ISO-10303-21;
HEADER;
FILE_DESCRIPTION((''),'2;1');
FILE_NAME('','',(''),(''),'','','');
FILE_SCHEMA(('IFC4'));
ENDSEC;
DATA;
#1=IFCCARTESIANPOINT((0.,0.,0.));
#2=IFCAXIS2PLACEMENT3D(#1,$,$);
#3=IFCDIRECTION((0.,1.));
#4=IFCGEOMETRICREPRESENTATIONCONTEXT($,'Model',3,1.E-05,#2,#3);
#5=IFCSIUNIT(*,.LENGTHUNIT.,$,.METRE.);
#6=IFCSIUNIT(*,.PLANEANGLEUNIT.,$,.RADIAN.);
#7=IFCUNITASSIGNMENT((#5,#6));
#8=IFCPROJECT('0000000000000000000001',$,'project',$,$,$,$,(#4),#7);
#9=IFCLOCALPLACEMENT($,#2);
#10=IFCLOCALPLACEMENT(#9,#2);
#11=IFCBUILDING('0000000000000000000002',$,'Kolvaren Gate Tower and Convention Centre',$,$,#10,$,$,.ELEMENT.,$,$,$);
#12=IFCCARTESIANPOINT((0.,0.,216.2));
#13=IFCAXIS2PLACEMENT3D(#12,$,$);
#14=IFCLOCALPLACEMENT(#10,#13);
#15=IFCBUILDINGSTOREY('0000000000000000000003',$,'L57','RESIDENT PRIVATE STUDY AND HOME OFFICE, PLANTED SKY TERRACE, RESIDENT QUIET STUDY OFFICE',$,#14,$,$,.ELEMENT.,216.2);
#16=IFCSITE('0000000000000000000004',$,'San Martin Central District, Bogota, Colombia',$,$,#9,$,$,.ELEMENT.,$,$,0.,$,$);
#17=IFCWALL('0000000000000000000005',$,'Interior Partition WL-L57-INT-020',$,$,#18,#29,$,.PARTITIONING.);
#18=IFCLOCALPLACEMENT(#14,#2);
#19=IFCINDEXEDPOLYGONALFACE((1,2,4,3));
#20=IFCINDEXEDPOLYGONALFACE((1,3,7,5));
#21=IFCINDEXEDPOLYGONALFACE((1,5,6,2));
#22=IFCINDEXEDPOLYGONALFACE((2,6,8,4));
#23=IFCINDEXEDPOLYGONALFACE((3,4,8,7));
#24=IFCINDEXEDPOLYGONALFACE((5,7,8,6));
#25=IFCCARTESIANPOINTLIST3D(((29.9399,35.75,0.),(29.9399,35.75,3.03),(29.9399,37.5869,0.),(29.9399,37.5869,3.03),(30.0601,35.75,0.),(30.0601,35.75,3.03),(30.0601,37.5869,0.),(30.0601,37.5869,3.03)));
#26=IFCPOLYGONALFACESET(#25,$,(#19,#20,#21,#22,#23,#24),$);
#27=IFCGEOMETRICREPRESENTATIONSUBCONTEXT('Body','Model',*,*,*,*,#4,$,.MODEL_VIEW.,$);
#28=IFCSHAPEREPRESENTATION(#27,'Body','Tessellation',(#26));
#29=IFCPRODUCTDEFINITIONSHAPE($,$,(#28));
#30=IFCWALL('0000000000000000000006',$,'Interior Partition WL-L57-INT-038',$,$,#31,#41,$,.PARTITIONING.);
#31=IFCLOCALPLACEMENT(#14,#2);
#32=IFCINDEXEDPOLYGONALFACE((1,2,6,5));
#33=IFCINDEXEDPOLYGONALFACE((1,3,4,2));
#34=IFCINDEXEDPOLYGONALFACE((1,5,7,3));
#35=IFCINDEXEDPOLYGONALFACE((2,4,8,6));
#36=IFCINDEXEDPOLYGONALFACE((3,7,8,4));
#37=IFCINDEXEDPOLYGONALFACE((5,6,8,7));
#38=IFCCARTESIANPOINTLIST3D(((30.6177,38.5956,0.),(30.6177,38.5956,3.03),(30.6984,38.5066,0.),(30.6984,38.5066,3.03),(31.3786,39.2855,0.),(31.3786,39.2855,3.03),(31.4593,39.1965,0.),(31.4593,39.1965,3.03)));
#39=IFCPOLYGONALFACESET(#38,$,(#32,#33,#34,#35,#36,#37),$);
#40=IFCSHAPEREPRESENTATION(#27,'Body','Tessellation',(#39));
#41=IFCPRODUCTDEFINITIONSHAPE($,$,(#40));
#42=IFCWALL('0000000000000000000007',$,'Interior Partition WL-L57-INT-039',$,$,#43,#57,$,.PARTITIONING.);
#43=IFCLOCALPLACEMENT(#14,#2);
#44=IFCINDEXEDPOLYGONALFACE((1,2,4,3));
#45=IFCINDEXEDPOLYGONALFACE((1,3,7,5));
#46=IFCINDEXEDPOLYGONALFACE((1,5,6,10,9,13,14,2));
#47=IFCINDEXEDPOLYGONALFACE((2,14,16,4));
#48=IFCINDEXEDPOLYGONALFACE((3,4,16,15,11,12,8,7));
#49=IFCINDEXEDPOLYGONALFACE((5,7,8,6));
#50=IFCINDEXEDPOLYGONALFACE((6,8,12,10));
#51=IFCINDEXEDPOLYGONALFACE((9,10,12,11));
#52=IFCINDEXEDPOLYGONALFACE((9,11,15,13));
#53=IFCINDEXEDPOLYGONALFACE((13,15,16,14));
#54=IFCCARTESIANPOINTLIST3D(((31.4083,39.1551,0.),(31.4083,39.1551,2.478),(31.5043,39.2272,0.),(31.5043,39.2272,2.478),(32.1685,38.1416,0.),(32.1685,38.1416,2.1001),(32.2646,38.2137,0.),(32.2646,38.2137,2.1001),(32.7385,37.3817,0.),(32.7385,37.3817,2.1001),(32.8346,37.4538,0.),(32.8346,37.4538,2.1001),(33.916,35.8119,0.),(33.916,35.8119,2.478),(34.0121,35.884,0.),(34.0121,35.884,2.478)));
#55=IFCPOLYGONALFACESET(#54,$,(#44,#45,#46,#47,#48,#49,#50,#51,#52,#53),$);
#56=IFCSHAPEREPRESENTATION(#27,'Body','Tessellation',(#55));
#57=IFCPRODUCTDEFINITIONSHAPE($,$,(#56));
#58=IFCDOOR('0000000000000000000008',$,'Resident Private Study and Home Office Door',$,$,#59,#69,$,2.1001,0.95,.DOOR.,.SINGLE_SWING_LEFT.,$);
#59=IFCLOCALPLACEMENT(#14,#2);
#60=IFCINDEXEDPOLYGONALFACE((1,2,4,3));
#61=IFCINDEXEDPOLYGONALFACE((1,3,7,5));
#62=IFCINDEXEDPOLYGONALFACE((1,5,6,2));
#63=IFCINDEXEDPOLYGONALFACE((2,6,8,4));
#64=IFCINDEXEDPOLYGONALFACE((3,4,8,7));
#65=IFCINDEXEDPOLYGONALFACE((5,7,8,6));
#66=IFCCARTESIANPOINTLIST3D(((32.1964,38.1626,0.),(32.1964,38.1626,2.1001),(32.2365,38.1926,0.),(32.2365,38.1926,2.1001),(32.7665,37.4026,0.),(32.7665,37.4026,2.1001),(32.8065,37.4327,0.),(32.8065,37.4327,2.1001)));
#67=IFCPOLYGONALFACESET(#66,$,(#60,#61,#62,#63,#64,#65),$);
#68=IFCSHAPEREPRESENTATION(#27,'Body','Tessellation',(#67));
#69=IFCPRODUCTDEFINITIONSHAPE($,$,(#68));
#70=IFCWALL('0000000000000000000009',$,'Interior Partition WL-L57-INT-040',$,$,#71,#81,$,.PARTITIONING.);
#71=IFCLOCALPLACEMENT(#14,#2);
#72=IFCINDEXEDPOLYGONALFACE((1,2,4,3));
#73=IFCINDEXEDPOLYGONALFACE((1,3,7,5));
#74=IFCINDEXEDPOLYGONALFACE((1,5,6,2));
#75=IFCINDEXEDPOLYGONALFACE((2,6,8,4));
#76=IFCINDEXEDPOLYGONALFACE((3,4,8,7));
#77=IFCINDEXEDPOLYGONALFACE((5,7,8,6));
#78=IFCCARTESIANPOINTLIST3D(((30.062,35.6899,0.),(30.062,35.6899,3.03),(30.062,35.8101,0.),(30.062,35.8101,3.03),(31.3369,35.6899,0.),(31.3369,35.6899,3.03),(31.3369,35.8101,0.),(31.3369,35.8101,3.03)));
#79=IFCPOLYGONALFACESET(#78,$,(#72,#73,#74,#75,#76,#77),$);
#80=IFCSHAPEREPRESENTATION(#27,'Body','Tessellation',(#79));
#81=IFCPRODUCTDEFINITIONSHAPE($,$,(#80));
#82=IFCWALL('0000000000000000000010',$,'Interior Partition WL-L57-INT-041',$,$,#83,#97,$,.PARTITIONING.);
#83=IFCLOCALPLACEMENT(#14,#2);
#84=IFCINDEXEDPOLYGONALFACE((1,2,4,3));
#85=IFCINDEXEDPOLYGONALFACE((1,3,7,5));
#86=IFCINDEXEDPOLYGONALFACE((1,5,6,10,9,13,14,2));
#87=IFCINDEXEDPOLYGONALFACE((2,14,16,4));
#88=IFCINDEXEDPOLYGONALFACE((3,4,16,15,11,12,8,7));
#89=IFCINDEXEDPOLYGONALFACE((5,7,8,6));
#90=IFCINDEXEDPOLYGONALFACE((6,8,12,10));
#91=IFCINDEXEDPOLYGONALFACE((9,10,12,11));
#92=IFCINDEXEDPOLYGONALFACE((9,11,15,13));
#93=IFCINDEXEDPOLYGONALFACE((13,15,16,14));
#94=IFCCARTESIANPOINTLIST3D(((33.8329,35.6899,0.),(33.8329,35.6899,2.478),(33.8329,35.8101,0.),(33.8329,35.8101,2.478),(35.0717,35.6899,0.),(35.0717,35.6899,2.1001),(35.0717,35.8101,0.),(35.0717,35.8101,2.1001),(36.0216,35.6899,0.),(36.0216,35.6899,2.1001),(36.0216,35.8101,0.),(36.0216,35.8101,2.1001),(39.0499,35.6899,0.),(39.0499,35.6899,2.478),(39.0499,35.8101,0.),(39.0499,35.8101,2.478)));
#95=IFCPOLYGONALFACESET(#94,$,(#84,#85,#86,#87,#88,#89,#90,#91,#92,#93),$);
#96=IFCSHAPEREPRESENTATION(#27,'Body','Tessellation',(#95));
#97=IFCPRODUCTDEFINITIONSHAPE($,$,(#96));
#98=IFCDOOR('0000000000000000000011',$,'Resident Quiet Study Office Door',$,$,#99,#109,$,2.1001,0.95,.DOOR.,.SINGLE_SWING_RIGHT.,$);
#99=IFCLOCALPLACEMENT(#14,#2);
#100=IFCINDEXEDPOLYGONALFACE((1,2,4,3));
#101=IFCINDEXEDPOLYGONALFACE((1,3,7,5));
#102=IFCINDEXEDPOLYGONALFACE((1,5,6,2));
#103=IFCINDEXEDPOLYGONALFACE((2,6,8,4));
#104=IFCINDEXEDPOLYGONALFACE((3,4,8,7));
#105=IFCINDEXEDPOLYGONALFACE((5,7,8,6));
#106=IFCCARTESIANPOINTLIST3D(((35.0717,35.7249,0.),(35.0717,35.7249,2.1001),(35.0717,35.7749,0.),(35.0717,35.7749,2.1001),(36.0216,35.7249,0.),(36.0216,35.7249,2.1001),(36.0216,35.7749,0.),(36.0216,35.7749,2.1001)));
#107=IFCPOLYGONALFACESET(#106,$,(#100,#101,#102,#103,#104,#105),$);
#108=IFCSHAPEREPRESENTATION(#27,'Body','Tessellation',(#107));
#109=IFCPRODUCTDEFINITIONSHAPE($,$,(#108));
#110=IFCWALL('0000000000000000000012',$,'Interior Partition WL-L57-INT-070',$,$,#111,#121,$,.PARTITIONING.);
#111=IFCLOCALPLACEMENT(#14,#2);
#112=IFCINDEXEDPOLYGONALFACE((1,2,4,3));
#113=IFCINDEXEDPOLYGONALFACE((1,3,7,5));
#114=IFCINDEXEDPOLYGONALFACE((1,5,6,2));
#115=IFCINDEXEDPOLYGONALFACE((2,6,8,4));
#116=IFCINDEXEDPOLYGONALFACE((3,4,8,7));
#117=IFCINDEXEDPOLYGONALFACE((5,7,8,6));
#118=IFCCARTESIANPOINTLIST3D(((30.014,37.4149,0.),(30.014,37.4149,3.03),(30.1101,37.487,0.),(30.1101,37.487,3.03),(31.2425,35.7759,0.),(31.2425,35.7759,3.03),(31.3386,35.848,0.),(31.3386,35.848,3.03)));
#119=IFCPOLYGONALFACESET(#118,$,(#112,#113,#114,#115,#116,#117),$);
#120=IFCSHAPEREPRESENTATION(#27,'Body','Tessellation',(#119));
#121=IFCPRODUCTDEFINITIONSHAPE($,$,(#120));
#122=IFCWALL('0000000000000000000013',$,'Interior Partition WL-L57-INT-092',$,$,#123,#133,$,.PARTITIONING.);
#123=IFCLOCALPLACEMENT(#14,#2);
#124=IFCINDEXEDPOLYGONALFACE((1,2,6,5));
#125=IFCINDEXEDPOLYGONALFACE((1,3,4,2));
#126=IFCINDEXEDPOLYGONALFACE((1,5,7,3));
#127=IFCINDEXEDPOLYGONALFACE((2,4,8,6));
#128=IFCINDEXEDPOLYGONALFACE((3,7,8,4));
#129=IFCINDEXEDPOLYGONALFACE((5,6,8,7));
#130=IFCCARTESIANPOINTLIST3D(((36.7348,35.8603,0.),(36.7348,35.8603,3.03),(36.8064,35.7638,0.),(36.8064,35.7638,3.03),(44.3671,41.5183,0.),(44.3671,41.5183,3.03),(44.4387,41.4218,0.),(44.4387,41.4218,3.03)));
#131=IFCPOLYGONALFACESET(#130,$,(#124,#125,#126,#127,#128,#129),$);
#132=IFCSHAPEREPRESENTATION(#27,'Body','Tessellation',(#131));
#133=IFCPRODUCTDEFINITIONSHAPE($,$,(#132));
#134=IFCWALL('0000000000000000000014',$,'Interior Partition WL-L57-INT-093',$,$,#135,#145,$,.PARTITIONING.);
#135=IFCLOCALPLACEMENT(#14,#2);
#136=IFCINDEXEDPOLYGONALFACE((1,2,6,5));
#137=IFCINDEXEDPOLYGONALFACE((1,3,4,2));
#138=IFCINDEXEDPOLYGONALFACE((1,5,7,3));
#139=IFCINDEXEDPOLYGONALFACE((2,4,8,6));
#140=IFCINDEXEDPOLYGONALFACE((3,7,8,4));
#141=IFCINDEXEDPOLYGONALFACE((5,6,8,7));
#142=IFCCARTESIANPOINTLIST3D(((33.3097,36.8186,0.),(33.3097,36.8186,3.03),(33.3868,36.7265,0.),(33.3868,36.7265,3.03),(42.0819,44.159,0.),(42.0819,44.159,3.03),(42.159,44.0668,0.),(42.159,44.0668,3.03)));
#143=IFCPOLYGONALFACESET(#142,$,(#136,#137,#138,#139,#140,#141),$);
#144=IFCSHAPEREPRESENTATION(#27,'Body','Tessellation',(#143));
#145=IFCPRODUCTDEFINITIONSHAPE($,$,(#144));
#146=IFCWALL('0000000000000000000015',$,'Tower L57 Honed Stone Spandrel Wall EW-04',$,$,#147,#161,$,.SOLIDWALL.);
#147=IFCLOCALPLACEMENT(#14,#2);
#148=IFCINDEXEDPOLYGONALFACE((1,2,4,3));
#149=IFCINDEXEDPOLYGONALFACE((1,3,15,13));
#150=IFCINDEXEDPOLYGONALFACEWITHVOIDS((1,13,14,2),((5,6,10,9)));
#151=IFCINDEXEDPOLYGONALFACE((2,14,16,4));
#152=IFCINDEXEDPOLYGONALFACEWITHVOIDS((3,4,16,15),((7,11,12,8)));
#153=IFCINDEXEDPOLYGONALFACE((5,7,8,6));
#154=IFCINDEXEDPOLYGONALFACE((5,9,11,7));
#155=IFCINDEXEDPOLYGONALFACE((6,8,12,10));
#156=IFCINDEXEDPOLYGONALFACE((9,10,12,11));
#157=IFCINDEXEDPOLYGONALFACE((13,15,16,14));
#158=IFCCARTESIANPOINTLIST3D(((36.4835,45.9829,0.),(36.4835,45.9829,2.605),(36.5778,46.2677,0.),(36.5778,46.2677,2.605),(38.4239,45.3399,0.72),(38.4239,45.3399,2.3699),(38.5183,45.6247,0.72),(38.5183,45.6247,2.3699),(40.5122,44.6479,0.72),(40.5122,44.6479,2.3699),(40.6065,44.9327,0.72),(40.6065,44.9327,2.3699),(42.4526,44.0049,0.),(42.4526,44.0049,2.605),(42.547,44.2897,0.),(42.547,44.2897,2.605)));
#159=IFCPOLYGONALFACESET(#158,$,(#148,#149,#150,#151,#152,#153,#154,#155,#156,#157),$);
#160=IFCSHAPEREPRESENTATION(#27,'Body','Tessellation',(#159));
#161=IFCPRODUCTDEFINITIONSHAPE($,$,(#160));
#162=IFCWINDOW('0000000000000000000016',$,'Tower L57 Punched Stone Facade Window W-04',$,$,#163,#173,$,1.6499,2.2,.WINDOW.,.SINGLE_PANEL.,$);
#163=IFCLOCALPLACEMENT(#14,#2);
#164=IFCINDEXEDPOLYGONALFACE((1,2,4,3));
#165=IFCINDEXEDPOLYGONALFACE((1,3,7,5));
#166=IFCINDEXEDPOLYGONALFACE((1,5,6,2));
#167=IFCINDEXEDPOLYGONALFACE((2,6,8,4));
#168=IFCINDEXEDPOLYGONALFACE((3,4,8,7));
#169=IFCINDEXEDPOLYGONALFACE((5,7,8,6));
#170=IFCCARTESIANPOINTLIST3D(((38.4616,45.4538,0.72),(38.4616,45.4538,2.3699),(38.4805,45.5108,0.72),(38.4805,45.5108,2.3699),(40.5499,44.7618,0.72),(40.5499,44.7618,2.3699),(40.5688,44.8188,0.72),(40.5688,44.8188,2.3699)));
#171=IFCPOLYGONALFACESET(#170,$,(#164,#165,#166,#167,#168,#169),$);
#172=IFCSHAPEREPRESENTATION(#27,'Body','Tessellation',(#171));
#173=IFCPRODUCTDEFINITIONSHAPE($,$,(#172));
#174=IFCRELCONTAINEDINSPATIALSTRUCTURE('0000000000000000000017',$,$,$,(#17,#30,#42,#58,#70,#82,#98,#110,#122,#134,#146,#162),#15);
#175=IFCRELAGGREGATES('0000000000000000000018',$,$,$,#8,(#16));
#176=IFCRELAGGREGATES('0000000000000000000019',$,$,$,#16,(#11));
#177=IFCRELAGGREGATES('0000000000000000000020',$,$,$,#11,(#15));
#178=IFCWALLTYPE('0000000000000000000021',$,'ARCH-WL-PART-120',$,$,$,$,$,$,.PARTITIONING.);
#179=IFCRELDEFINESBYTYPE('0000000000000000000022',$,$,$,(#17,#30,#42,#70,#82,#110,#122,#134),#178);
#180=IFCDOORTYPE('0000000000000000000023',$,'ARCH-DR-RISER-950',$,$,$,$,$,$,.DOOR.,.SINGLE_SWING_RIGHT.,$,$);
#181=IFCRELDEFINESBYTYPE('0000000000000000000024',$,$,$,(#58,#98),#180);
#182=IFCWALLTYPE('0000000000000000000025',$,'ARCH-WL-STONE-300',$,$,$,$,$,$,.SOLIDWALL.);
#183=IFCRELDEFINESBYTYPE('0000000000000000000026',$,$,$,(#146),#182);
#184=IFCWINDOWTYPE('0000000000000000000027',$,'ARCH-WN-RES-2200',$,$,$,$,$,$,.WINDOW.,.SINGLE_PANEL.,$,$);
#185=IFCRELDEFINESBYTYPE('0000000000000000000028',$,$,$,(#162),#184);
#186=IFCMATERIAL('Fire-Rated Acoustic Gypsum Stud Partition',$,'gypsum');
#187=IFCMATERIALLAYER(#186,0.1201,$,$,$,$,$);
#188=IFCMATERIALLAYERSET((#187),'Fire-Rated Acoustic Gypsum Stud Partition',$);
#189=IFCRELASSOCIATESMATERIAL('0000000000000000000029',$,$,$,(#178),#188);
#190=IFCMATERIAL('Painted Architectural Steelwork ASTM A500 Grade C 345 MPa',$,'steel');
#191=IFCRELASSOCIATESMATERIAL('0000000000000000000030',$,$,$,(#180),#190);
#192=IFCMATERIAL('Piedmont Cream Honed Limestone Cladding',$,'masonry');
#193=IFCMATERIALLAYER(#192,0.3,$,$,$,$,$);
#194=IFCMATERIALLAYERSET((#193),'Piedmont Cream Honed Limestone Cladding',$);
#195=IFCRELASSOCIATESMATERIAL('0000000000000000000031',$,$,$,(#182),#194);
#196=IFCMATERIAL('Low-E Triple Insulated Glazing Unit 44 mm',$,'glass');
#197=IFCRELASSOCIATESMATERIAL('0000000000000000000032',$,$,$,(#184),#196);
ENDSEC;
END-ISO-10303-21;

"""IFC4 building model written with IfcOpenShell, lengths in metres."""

from ifc_helpers import new_model, si_unit, direction, frame, frame_2d, origin, place, context, subcontext, project, spatial, rectangle, extrude, material, layer, layer_set, type_object, element, fill, save


model = new_model("IFC4")

# Units and contexts
model_context = context("Model", 3, precision=1e-05, world=origin(), true_north=direction((0.0, 1.0)))
body_context = subcontext(model_context, "Body", "Model", "MODEL_VIEW")
ifc_project = project(units=[si_unit("LENGTHUNIT", "METRE"), si_unit("PLANEANGLEUNIT", "RADIAN")], contexts=[model_context])

# Site, building, storey
site_placement = place(None, origin())
site = spatial("IfcSite", under=ifc_project, at=site_placement, Name="San Martin Central District, Bogota, Colombia", CompositionType="ELEMENT", RefElevation=0.0)
building_placement = place(site_placement, origin())
building = spatial("IfcBuilding", under=site, at=building_placement, Name="Kolvaren Gate Tower and Convention Centre", CompositionType="ELEMENT")
storey_placement = place(building_placement, frame((0.0, 0.0, 216.2)))
storey = spatial("IfcBuildingStorey", under=building, at=storey_placement, Name="L57", Description="RESIDENT PRIVATE STUDY AND HOME OFFICE, PLANTED SKY TERRACE, RESIDENT QUIET STUDY OFFICE", CompositionType="ELEMENT", Elevation=216.2)

# Walls
ifc_material_1 = material(Name="Fire-Rated Acoustic Gypsum Stud Partition", Category="gypsum")
ifc_layer_1 = layer(ifc_material_1, 0.1201)
ifc_layer_set_1 = layer_set([ifc_layer_1], Name="Fire-Rated Acoustic Gypsum Stud Partition")
wall_type_1 = type_object("IfcWallType", Name="ARCH-WL-PART-120", PredefinedType="PARTITIONING", material=ifc_layer_set_1)
wall_1_placement = place(storey_placement, frame((30.0, 35.75, 0.0), z_axis=(0.0, 0.0, 1.0), x_axis=(0.0, 1.0, 0.0)))
element("IfcWall", 1, at=wall_1_placement, inside=storey, type_object=wall_type_1, Name="Interior Partition WL-L57-INT-020", PredefinedType="PARTITIONING", context=body_context, shape_type="SweptSolid", body=[
    extrude(rectangle(XDim=1.8369, YDim=0.1201, at=frame_2d((0.9185, 0.0))), origin(), (0.0, 0.0, 1.0), 3.03),
])
wall_2_placement = place(storey_placement, frame((30.658, 38.551, 0.0), z_axis=(0.0, 0.0, 1.0), x_axis=(0.740843, 0.671678, 0.0)))
element("IfcWall", 2, at=wall_2_placement, inside=storey, type_object=wall_type_1, Name="Interior Partition WL-L57-INT-038", PredefinedType="PARTITIONING", context=body_context, shape_type="SweptSolid", body=[
    extrude(rectangle(XDim=1.0271, YDim=0.1201, at=frame_2d((0.5137, 0.0))), origin(), (0.0, 0.0, 1.0), 3.03),
])

# Wall, opening, door
wall_3_placement = place(storey_placement, frame((31.4563, 39.1912, 0.0), z_axis=(0.0, 0.0, 1.0), x_axis=(0.600056, -0.799958, 0.0)))
wall_3 = element("IfcWall", 3, at=wall_3_placement, inside=storey, type_object=wall_type_1, Name="Interior Partition WL-L57-INT-039", PredefinedType="PARTITIONING", context=body_context, shape_type="SweptSolid", body=[
    extrude(rectangle(XDim=4.1792, YDim=0.1201, at=frame_2d((2.0896, 0.0))), origin(), (0.0, 0.0, 1.0), 2.478),
])
opening_1_placement = place(wall_3_placement, frame((1.2668, 0.0, 0.0)))
opening_1 = element("IfcOpeningElement", 4, at=opening_1_placement, cuts=wall_3, PredefinedType="OPENING", context=body_context, shape_type="SweptSolid", body=[
    extrude(rectangle(XDim=0.95, YDim=2.1001, at=frame_2d((0.4751, 1.05))), frame((0.0, 0.0701, 0.0), z_axis=(0.0, -1.0, 0.0), x_axis=(1.0, 0.0, 0.0)), (0.0, 0.0, 1.0), 0.1401),
])
ifc_material_2 = material(Name="Painted Architectural Steelwork ASTM A500 Grade C 345 MPa", Category="steel")
door_type = type_object("IfcDoorType", Name="ARCH-DR-RISER-950", OperationType="SINGLE_SWING_RIGHT", PredefinedType="DOOR", material=ifc_material_2)
door_1_placement = place(opening_1_placement, origin())
door_1 = element("IfcDoor", 5, at=door_1_placement, inside=storey, type_object=door_type, Name="Resident Private Study and Home Office Door", OperationType="SINGLE_SWING_LEFT", OverallHeight=2.1001, OverallWidth=0.95, PredefinedType="DOOR", context=body_context, shape_type="SweptSolid", body=[
    extrude(rectangle(XDim=0.95, YDim=2.1001, at=frame_2d((0.4751, 1.05))), frame((0.0, 0.0249, 0.0), z_axis=(0.0, -1.0, 0.0), x_axis=(1.0, 0.0, 0.0)), (0.0, 0.0, 1.0), 0.05),
])
fill(opening_1, door_1)

# Wall
wall_4_placement = place(storey_placement, frame((30.062, 35.75, 0.0), z_axis=(0.0, 0.0, 1.0), x_axis=(1.0, 0.0, 0.0)))
element("IfcWall", 6, at=wall_4_placement, inside=storey, type_object=wall_type_1, Name="Interior Partition WL-L57-INT-040", PredefinedType="PARTITIONING", context=body_context, shape_type="SweptSolid", body=[
    extrude(rectangle(XDim=1.2749, YDim=0.1201, at=frame_2d((0.6375, 0.0))), origin(), (0.0, 0.0, 1.0), 3.03),
])

# Wall, opening, door
wall_5_placement = place(storey_placement, frame((33.833, 35.75, 0.0), z_axis=(0.0, 0.0, 1.0), x_axis=(1.0, 0.0, 0.0)))
wall_5 = element("IfcWall", 7, at=wall_5_placement, inside=storey, type_object=wall_type_1, Name="Interior Partition WL-L57-INT-041", PredefinedType="PARTITIONING", context=body_context, shape_type="SweptSolid", body=[
    extrude(rectangle(XDim=5.217, YDim=0.1201, at=frame_2d((2.6084, 0.0))), origin(), (0.0, 0.0, 1.0), 2.478),
])
opening_2_placement = place(wall_5_placement, frame((1.2385, 0.0, 0.0)))
opening_2 = element("IfcOpeningElement", 8, at=opening_2_placement, cuts=wall_5, PredefinedType="OPENING", context=body_context, shape_type="SweptSolid", body=[
    extrude(rectangle(XDim=0.95, YDim=2.1001, at=frame_2d((0.4751, 1.05))), frame((0.0, 0.0701, 0.0), z_axis=(0.0, -1.0, 0.0), x_axis=(1.0, 0.0, 0.0)), (0.0, 0.0, 1.0), 0.1401),
])
door_2_placement = place(opening_2_placement, origin())
door_2 = element("IfcDoor", 9, at=door_2_placement, inside=storey, type_object=door_type, Name="Resident Quiet Study Office Door", OperationType="SINGLE_SWING_RIGHT", OverallHeight=2.1001, OverallWidth=0.95, PredefinedType="DOOR", context=body_context, shape_type="SweptSolid", body=[
    extrude(rectangle(XDim=0.95, YDim=2.1001, at=frame_2d((0.4751, 1.05))), frame((0.0, 0.0249, 0.0), z_axis=(0.0, -1.0, 0.0), x_axis=(1.0, 0.0, 0.0)), (0.0, 0.0, 1.0), 0.05),
])
fill(opening_2, door_2)

# Walls
wall_6_placement = place(storey_placement, frame((30.062, 37.4509, 0.0), z_axis=(0.0, 0.0, 1.0), x_axis=(0.59979, -0.800157, 0.0)))
element("IfcWall", 10, at=wall_6_placement, inside=storey, type_object=wall_type_1, Name="Interior Partition WL-L57-INT-070", PredefinedType="PARTITIONING", context=body_context, shape_type="SweptSolid", body=[
    extrude(rectangle(XDim=2.0483, YDim=0.1201, at=frame_2d((1.0242, 0.0))), origin(), (0.0, 0.0, 1.0), 3.03),
])
wall_7_placement = place(storey_placement, frame((36.7705, 35.812, 0.0), z_axis=(0.0, 0.0, 1.0), x_axis=(0.803336, 0.595526, 0.0)))
element("IfcWall", 11, at=wall_7_placement, inside=storey, type_object=wall_type_1, Name="Interior Partition WL-L57-INT-092", PredefinedType="PARTITIONING", context=body_context, shape_type="SweptSolid", body=[
    extrude(rectangle(XDim=9.5007, YDim=0.1201, at=frame_2d((4.7505, 0.0))), origin(), (0.0, 0.0, 1.0), 3.03),
])
wall_8_placement = place(storey_placement, frame((33.3481, 36.7725, 0.0), z_axis=(0.0, 0.0, 1.0), x_axis=(0.766923, 0.641739, 0.0)))
element("IfcWall", 12, at=wall_8_placement, inside=storey, type_object=wall_type_1, Name="Interior Partition WL-L57-INT-093", PredefinedType="PARTITIONING", context=body_context, shape_type="SweptSolid", body=[
    extrude(rectangle(XDim=11.4382, YDim=0.1201, at=frame_2d((5.7192, 0.0))), origin(), (0.0, 0.0, 1.0), 3.03),
])

# Wall, opening, window
ifc_material_3 = material(Name="Piedmont Cream Honed Limestone Cladding", Category="masonry")
ifc_layer_2 = layer(ifc_material_3, 0.3)
ifc_layer_set_2 = layer_set([ifc_layer_2], Name="Piedmont Cream Honed Limestone Cladding")
wall_type_2 = type_object("IfcWallType", Name="ARCH-WL-STONE-300", PredefinedType="SOLIDWALL", material=ifc_layer_set_2)
wall_9_placement = place(storey_placement, frame((36.5308, 46.1252, 0.0), z_axis=(0.0, 0.0, 1.0), x_axis=(0.949241, -0.31455, 0.0)))
wall_9 = element("IfcWall", 13, at=wall_9_placement, inside=storey, type_object=wall_type_2, Name="Tower L57 Honed Stone Spandrel Wall EW-04", PredefinedType="SOLIDWALL", context=body_context, shape_type="SweptSolid", body=[
    extrude(rectangle(XDim=6.2883, YDim=0.3, at=frame_2d((3.144, 0.0))), origin(), (0.0, 0.0, 1.0), 2.605),
])
opening_3_placement = place(wall_9_placement, frame((2.0439, 0.0, 0.72)))
opening_3 = element("IfcOpeningElement", 14, at=opening_3_placement, cuts=wall_9, PredefinedType="OPENING", context=body_context, shape_type="SweptSolid", body=[
    extrude(rectangle(XDim=2.2, YDim=1.6499, at=frame_2d((1.1001, 0.825))), frame((0.0, 0.1599, 0.0), z_axis=(0.0, -1.0, 0.0), x_axis=(1.0, 0.0, 0.0)), (0.0, 0.0, 1.0), 0.3201),
])
ifc_material_4 = material(Name="Low-E Triple Insulated Glazing Unit 44 mm", Category="glass")
window_type = type_object("IfcWindowType", Name="ARCH-WN-RES-2200", PartitioningType="SINGLE_PANEL", PredefinedType="WINDOW", material=ifc_material_4)
window_1_placement = place(opening_3_placement, origin())
window_1 = element("IfcWindow", 15, at=window_1_placement, inside=storey, type_object=window_type, Name="Tower L57 Punched Stone Facade Window W-04", OverallHeight=1.6499, OverallWidth=2.2, PartitioningType="SINGLE_PANEL", PredefinedType="WINDOW", context=body_context, shape_type="SweptSolid", body=[
    extrude(rectangle(XDim=2.2, YDim=1.6499, at=frame_2d((1.1001, 0.825))), frame((0.0, 0.03, 0.0), z_axis=(0.0, -1.0, 0.0), x_axis=(1.0, 0.0, 0.0)), (0.0, 0.0, 1.0), 0.0601),
])
fill(opening_3, window_1)

save(model, "model.ifc")
